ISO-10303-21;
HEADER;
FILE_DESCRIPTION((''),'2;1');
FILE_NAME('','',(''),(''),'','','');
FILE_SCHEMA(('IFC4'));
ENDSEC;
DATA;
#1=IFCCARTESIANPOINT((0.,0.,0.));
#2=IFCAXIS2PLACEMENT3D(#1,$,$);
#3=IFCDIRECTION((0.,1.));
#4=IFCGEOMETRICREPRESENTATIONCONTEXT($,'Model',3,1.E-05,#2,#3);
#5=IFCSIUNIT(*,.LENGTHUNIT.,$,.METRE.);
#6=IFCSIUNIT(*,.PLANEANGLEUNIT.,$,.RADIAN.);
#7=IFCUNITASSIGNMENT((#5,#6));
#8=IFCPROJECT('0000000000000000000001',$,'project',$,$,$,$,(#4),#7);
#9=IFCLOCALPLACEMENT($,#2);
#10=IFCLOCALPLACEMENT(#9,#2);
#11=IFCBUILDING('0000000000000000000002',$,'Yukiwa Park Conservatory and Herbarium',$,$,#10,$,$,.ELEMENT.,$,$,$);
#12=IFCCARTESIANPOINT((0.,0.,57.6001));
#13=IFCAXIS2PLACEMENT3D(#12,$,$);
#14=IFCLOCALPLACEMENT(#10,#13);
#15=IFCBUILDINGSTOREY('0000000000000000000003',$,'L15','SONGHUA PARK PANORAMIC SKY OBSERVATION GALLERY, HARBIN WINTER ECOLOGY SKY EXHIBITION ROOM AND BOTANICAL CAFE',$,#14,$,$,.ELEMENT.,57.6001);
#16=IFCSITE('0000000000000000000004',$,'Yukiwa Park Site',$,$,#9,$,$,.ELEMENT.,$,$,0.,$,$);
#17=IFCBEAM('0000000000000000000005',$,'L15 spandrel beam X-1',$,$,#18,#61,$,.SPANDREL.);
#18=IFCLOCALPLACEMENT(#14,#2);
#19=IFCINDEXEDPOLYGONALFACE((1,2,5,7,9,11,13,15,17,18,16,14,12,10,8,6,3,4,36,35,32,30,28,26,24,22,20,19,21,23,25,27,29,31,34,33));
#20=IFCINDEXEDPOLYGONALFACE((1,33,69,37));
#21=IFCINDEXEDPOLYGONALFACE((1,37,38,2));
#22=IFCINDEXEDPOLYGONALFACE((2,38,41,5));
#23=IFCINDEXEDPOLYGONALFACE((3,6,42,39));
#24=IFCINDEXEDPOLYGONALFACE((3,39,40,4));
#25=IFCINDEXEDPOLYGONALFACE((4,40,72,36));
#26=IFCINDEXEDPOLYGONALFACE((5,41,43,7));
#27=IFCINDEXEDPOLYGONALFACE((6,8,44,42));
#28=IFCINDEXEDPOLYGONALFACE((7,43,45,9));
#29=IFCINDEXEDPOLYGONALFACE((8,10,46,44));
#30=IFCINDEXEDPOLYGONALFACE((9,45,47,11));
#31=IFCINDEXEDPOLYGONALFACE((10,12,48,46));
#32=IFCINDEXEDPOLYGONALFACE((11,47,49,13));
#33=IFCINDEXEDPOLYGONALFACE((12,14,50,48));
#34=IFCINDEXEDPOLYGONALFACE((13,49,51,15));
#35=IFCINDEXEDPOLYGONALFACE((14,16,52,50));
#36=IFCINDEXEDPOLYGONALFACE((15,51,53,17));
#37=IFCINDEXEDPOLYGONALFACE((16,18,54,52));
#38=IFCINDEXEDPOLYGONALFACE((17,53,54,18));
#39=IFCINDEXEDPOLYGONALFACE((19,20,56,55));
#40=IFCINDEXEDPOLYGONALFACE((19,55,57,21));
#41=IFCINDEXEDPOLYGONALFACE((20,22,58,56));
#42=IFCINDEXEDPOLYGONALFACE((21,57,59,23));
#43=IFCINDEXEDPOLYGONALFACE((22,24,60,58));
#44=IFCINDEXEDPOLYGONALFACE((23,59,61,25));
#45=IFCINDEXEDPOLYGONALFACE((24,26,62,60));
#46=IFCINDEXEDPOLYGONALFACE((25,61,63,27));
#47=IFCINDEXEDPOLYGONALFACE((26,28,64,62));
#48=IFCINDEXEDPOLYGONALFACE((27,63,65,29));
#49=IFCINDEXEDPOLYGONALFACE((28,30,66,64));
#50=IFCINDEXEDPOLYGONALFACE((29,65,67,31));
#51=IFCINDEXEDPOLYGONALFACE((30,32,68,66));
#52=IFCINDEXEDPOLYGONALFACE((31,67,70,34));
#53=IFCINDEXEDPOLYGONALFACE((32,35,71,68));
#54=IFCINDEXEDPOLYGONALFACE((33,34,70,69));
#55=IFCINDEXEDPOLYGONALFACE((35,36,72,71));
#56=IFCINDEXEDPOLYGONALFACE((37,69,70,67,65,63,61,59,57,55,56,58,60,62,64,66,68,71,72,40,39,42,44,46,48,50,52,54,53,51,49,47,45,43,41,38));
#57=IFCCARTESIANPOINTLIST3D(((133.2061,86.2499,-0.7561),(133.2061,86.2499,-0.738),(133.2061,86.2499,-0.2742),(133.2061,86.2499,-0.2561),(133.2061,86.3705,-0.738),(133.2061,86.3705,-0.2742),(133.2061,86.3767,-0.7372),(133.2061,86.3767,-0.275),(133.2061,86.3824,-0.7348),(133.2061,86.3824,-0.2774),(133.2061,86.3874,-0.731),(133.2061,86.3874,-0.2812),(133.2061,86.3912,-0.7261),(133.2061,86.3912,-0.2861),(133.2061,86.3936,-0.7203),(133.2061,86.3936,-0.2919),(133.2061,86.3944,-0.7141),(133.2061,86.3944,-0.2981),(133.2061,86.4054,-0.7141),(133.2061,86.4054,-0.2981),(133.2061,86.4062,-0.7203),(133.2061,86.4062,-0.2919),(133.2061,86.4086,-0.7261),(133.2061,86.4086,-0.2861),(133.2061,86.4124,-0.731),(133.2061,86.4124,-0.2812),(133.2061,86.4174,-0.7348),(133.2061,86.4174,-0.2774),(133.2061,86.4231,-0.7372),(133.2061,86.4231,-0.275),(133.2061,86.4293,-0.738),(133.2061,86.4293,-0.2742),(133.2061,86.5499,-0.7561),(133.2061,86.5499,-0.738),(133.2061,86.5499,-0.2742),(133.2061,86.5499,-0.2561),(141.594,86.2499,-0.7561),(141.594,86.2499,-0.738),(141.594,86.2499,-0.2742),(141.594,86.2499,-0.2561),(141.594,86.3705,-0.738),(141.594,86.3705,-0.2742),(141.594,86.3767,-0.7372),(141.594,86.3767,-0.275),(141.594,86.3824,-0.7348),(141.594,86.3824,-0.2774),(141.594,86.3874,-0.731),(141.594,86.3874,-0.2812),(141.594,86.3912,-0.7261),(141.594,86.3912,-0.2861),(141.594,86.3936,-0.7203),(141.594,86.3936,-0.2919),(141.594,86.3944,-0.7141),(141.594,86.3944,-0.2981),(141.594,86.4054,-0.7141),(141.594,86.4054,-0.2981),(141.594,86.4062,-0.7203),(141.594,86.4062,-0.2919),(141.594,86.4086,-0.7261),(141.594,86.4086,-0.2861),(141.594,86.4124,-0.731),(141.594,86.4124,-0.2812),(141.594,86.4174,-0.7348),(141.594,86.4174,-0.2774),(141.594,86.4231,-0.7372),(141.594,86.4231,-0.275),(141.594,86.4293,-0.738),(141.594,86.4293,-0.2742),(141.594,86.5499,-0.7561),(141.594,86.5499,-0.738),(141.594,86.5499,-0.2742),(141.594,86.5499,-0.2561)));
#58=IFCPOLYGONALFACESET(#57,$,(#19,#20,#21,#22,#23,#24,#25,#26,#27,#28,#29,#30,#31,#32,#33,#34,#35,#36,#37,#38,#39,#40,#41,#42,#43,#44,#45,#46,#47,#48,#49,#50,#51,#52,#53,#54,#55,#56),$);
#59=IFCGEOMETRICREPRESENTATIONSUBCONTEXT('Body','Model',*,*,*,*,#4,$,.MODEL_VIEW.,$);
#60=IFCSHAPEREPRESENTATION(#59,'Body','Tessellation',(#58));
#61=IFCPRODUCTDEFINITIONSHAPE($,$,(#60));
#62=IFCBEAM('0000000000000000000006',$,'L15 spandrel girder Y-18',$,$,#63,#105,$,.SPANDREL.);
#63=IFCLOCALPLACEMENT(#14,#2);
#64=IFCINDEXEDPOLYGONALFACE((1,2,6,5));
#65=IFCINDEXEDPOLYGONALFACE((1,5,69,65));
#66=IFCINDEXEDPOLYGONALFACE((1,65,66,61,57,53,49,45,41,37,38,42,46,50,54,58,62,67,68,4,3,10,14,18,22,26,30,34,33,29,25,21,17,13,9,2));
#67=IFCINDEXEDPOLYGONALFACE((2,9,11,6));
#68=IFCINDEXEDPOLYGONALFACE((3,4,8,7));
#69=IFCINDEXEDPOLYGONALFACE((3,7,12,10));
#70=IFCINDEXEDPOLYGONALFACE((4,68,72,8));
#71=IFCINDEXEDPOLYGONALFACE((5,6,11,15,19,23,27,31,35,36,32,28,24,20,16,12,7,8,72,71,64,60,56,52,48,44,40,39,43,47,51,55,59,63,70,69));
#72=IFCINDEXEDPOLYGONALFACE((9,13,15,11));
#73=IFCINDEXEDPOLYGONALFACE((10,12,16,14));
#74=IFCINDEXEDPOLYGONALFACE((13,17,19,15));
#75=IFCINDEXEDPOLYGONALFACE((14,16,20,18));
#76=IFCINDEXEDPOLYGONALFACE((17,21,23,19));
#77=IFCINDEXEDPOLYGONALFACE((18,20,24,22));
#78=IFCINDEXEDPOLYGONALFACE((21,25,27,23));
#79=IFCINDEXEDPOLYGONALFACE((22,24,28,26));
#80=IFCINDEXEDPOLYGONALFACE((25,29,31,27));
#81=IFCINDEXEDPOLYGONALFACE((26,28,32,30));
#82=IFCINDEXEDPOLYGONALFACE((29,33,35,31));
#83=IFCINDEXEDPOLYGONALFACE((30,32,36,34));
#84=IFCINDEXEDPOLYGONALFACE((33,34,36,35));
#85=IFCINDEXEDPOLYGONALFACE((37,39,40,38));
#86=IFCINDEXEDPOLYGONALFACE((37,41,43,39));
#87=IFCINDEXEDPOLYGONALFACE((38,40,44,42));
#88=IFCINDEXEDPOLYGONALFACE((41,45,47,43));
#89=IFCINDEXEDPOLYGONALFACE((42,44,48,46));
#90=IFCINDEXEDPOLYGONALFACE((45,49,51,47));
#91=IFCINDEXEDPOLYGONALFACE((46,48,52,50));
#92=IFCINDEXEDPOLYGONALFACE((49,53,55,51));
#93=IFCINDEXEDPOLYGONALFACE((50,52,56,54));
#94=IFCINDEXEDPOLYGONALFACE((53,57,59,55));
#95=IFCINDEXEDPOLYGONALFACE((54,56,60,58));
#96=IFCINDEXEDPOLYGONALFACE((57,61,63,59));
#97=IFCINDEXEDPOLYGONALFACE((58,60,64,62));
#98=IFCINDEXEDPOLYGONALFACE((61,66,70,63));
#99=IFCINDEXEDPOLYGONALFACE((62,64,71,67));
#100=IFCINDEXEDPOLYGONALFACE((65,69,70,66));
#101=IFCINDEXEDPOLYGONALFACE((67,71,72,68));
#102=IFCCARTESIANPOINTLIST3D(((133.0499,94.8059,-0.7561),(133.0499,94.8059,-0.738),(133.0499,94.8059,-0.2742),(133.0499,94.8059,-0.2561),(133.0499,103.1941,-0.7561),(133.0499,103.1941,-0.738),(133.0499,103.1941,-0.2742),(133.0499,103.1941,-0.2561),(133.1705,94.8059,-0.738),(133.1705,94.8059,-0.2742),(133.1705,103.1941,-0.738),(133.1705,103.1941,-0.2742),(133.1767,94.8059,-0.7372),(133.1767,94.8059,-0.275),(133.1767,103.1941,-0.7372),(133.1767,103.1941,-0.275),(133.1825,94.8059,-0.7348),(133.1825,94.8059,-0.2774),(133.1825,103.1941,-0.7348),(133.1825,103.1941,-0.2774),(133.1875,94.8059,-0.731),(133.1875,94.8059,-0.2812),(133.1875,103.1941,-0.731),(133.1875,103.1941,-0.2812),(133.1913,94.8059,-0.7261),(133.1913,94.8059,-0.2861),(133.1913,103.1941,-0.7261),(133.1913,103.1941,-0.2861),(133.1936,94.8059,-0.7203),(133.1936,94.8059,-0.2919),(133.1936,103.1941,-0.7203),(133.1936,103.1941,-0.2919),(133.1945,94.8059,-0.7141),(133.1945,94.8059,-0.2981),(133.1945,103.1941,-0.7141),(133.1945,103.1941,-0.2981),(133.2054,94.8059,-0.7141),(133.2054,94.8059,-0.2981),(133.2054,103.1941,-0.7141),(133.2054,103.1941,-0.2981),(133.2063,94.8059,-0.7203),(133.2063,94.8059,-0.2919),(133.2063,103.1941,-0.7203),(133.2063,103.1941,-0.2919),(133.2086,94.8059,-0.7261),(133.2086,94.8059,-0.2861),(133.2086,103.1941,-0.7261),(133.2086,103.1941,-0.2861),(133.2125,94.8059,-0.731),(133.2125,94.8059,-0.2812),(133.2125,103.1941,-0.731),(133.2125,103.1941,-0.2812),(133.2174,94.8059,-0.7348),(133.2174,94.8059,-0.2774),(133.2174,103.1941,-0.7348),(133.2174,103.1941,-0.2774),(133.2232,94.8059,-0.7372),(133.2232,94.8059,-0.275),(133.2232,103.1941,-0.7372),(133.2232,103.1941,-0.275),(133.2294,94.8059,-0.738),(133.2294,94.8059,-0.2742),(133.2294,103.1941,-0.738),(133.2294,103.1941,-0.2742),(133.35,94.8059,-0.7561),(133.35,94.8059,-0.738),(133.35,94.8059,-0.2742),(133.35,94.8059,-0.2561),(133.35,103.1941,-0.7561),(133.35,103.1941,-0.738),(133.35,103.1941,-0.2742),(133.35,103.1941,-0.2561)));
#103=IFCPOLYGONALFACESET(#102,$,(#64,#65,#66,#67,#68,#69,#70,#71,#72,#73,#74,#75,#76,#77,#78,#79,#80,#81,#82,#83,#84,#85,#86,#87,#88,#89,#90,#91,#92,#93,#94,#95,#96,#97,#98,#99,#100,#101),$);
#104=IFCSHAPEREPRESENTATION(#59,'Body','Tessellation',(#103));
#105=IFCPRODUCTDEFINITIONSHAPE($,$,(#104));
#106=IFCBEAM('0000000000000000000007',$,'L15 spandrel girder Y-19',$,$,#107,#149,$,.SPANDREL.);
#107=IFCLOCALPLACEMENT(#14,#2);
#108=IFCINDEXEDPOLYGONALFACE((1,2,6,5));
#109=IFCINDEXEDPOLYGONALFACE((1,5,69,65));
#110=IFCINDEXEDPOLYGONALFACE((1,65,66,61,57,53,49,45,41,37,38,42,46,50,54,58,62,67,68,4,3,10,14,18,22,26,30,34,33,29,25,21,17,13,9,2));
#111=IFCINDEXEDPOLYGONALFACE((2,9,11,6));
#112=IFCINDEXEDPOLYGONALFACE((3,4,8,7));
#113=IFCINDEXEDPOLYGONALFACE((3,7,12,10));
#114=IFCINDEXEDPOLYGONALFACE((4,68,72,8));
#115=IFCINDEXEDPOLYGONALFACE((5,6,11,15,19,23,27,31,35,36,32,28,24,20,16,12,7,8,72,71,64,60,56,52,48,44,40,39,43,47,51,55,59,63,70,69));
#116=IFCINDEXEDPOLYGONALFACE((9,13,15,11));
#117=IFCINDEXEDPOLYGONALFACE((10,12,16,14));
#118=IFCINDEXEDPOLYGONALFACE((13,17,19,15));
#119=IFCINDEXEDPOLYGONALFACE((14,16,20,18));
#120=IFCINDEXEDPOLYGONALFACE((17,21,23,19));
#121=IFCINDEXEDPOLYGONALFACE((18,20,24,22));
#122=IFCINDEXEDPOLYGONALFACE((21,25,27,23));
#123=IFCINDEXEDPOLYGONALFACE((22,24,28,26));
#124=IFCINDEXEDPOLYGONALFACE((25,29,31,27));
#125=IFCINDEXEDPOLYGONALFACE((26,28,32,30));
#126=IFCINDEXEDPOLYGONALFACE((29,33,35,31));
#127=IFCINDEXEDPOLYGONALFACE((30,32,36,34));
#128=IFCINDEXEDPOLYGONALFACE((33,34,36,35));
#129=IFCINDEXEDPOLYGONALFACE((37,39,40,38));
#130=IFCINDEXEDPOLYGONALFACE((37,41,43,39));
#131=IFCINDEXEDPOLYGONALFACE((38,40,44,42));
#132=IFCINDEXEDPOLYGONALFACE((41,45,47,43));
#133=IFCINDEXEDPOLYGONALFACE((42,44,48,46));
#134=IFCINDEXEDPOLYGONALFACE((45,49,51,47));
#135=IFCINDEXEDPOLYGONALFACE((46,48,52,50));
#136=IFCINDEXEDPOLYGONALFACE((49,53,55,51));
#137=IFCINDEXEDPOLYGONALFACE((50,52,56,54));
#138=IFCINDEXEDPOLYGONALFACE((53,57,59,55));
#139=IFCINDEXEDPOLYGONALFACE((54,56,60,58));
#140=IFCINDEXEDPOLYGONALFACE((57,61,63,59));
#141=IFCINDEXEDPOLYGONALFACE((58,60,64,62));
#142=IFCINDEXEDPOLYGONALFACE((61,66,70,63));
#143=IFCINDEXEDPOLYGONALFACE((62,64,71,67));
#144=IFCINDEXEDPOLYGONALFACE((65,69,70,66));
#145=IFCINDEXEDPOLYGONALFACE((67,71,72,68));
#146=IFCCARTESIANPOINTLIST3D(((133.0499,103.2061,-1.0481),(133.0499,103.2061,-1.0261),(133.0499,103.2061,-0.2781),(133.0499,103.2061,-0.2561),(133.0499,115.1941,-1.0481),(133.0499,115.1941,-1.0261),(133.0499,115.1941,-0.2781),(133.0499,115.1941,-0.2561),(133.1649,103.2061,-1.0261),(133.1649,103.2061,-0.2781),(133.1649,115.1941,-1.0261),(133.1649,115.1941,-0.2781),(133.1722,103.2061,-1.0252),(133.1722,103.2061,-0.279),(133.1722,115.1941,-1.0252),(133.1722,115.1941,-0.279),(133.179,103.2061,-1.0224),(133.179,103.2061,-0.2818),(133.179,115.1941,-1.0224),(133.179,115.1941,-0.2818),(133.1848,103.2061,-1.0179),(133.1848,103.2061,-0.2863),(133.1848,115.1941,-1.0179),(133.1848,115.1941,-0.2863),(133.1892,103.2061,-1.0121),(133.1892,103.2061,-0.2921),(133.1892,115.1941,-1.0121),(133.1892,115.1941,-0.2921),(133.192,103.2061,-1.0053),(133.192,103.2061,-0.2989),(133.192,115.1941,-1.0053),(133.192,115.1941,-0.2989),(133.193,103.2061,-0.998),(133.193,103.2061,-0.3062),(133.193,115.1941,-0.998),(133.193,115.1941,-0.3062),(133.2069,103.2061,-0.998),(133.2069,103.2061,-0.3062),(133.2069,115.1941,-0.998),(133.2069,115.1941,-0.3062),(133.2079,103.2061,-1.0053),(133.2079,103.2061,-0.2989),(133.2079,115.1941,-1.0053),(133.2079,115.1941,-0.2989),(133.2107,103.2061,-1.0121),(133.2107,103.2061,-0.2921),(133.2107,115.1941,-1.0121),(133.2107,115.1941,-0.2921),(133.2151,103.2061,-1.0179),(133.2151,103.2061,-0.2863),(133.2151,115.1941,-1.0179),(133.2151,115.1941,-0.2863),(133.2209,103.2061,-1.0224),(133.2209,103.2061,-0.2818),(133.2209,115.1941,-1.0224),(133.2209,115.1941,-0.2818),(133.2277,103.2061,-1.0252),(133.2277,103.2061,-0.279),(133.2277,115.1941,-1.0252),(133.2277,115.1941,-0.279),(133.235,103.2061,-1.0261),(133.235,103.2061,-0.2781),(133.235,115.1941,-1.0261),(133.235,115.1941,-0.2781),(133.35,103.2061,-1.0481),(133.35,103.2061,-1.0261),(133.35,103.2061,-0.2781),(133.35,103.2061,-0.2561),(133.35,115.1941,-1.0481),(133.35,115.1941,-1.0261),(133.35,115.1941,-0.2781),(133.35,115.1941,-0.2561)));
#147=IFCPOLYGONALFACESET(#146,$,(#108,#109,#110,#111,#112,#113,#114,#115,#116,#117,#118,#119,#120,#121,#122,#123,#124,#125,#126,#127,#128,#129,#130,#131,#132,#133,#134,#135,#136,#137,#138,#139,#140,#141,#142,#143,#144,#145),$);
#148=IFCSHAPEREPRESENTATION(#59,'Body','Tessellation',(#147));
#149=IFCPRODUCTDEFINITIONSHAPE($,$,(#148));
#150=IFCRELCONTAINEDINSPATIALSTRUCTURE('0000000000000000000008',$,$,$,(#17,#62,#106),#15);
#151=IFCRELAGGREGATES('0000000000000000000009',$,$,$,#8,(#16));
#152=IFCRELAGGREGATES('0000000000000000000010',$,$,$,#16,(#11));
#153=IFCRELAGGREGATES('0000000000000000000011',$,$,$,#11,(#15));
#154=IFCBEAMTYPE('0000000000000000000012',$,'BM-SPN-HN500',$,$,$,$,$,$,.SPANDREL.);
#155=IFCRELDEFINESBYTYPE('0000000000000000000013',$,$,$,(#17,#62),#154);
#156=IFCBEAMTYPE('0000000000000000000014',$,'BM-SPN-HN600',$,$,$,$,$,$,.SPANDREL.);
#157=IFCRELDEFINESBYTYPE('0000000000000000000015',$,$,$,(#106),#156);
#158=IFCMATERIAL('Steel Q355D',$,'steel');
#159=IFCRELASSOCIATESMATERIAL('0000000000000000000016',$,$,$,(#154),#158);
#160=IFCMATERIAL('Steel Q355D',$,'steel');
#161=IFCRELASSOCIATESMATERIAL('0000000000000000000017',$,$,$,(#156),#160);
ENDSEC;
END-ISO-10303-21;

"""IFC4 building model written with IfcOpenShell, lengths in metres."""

from ifc_helpers import new_model, si_unit, direction, frame, origin, origin_2d, place, context, subcontext, project, spatial, i_section, extrude, material, material_profile, profile_set, type_object, element, save


model = new_model("IFC4")

# Units and contexts
model_context = context("Model", 3, precision=1e-05, world=origin(), true_north=direction((0.0, 1.0)))
body_context = subcontext(model_context, "Body", "Model", "MODEL_VIEW")
ifc_project = project(units=[si_unit("LENGTHUNIT", "METRE"), si_unit("PLANEANGLEUNIT", "RADIAN")], contexts=[model_context])

# Site, building, storey
site_placement = place(None, origin())
site = spatial("IfcSite", under=ifc_project, at=site_placement, Name="Yukiwa Park Site", CompositionType="ELEMENT", RefElevation=0.0)
building_placement = place(site_placement, origin())
building = spatial("IfcBuilding", under=site, at=building_placement, Name="Yukiwa Park Conservatory and Herbarium", CompositionType="ELEMENT")
storey_placement = place(building_placement, frame((0.0, 0.0, 57.6001)))
storey = spatial("IfcBuildingStorey", under=building, at=storey_placement, Name="L15", Description="SONGHUA PARK PANORAMIC SKY OBSERVATION GALLERY, HARBIN WINTER ECOLOGY SKY EXHIBITION ROOM AND BOTANICAL CAFE", CompositionType="ELEMENT", Elevation=57.6001)

# Beams
ifc_material_1 = material(Name="Steel Q355D", Category="steel")
ifc_material_profile_1 = material_profile(ifc_material_1, i_section(OverallWidth=0.3, OverallDepth=0.5, WebThickness=0.011, FlangeThickness=0.0181, FilletRadius=0.0239, at=origin_2d()), Name="HM 500x300x11x18")
ifc_profile_set_1 = profile_set([ifc_material_profile_1], Name="Steel Q355D")
beam_type_1 = type_object("IfcBeamType", Name="BM-SPN-HN500", PredefinedType="SPANDREL", material=ifc_profile_set_1)
beam_1_placement = place(storey_placement, frame((133.2061, 86.3999, -0.5061), z_axis=(1.0, 0.0, 0.0), x_axis=(0.0, 1.0, 0.0)))
element("IfcBeam", 1, at=beam_1_placement, inside=storey, type_object=beam_type_1, Name="L15 spandrel beam X-1", PredefinedType="SPANDREL", context=body_context, shape_type="SweptSolid", body=[
    extrude(i_section(OverallWidth=0.3, OverallDepth=0.5, WebThickness=0.011, FlangeThickness=0.0181, FilletRadius=0.0239, at=origin_2d()), origin(), (0.0, 0.0, 1.0), 8.3879),
])
beam_2_placement = place(storey_placement, frame((133.2, 94.8059, -0.5061), z_axis=(0.0, 1.0, 0.0), x_axis=(-1.0, 0.0, 0.0)))
element("IfcBeam", 2, at=beam_2_placement, inside=storey, type_object=beam_type_1, Name="L15 spandrel girder Y-18", PredefinedType="SPANDREL", context=body_context, shape_type="SweptSolid", body=[
    extrude(i_section(OverallWidth=0.3, OverallDepth=0.5, WebThickness=0.011, FlangeThickness=0.0181, FilletRadius=0.0239, at=origin_2d()), origin(), (0.0, 0.0, 1.0), 8.3882),
])
ifc_material_2 = material(Name="Steel Q355D", Category="steel")
ifc_material_profile_2 = material_profile(ifc_material_2, i_section(OverallWidth=0.3, OverallDepth=0.792, WebThickness=0.0139, FlangeThickness=0.022, FilletRadius=0.0281, at=origin_2d()), Name="HN 792x300x14x22")
ifc_profile_set_2 = profile_set([ifc_material_profile_2], Name="Steel Q355D")
beam_type_2 = type_object("IfcBeamType", Name="BM-SPN-HN600", PredefinedType="SPANDREL", material=ifc_profile_set_2)
beam_3_placement = place(storey_placement, frame((133.2, 103.2061, -0.6521), z_axis=(0.0, 1.0, 0.0), x_axis=(-1.0, 0.0, 0.0)))
element("IfcBeam", 3, at=beam_3_placement, inside=storey, type_object=beam_type_2, Name="L15 spandrel girder Y-19", PredefinedType="SPANDREL", context=body_context, shape_type="SweptSolid", body=[
    extrude(i_section(OverallWidth=0.3, OverallDepth=0.792, WebThickness=0.0139, FlangeThickness=0.022, FilletRadius=0.0281, at=origin_2d()), origin(), (0.0, 0.0, 1.0), 11.988),
])

save(model, "model.ifc")
